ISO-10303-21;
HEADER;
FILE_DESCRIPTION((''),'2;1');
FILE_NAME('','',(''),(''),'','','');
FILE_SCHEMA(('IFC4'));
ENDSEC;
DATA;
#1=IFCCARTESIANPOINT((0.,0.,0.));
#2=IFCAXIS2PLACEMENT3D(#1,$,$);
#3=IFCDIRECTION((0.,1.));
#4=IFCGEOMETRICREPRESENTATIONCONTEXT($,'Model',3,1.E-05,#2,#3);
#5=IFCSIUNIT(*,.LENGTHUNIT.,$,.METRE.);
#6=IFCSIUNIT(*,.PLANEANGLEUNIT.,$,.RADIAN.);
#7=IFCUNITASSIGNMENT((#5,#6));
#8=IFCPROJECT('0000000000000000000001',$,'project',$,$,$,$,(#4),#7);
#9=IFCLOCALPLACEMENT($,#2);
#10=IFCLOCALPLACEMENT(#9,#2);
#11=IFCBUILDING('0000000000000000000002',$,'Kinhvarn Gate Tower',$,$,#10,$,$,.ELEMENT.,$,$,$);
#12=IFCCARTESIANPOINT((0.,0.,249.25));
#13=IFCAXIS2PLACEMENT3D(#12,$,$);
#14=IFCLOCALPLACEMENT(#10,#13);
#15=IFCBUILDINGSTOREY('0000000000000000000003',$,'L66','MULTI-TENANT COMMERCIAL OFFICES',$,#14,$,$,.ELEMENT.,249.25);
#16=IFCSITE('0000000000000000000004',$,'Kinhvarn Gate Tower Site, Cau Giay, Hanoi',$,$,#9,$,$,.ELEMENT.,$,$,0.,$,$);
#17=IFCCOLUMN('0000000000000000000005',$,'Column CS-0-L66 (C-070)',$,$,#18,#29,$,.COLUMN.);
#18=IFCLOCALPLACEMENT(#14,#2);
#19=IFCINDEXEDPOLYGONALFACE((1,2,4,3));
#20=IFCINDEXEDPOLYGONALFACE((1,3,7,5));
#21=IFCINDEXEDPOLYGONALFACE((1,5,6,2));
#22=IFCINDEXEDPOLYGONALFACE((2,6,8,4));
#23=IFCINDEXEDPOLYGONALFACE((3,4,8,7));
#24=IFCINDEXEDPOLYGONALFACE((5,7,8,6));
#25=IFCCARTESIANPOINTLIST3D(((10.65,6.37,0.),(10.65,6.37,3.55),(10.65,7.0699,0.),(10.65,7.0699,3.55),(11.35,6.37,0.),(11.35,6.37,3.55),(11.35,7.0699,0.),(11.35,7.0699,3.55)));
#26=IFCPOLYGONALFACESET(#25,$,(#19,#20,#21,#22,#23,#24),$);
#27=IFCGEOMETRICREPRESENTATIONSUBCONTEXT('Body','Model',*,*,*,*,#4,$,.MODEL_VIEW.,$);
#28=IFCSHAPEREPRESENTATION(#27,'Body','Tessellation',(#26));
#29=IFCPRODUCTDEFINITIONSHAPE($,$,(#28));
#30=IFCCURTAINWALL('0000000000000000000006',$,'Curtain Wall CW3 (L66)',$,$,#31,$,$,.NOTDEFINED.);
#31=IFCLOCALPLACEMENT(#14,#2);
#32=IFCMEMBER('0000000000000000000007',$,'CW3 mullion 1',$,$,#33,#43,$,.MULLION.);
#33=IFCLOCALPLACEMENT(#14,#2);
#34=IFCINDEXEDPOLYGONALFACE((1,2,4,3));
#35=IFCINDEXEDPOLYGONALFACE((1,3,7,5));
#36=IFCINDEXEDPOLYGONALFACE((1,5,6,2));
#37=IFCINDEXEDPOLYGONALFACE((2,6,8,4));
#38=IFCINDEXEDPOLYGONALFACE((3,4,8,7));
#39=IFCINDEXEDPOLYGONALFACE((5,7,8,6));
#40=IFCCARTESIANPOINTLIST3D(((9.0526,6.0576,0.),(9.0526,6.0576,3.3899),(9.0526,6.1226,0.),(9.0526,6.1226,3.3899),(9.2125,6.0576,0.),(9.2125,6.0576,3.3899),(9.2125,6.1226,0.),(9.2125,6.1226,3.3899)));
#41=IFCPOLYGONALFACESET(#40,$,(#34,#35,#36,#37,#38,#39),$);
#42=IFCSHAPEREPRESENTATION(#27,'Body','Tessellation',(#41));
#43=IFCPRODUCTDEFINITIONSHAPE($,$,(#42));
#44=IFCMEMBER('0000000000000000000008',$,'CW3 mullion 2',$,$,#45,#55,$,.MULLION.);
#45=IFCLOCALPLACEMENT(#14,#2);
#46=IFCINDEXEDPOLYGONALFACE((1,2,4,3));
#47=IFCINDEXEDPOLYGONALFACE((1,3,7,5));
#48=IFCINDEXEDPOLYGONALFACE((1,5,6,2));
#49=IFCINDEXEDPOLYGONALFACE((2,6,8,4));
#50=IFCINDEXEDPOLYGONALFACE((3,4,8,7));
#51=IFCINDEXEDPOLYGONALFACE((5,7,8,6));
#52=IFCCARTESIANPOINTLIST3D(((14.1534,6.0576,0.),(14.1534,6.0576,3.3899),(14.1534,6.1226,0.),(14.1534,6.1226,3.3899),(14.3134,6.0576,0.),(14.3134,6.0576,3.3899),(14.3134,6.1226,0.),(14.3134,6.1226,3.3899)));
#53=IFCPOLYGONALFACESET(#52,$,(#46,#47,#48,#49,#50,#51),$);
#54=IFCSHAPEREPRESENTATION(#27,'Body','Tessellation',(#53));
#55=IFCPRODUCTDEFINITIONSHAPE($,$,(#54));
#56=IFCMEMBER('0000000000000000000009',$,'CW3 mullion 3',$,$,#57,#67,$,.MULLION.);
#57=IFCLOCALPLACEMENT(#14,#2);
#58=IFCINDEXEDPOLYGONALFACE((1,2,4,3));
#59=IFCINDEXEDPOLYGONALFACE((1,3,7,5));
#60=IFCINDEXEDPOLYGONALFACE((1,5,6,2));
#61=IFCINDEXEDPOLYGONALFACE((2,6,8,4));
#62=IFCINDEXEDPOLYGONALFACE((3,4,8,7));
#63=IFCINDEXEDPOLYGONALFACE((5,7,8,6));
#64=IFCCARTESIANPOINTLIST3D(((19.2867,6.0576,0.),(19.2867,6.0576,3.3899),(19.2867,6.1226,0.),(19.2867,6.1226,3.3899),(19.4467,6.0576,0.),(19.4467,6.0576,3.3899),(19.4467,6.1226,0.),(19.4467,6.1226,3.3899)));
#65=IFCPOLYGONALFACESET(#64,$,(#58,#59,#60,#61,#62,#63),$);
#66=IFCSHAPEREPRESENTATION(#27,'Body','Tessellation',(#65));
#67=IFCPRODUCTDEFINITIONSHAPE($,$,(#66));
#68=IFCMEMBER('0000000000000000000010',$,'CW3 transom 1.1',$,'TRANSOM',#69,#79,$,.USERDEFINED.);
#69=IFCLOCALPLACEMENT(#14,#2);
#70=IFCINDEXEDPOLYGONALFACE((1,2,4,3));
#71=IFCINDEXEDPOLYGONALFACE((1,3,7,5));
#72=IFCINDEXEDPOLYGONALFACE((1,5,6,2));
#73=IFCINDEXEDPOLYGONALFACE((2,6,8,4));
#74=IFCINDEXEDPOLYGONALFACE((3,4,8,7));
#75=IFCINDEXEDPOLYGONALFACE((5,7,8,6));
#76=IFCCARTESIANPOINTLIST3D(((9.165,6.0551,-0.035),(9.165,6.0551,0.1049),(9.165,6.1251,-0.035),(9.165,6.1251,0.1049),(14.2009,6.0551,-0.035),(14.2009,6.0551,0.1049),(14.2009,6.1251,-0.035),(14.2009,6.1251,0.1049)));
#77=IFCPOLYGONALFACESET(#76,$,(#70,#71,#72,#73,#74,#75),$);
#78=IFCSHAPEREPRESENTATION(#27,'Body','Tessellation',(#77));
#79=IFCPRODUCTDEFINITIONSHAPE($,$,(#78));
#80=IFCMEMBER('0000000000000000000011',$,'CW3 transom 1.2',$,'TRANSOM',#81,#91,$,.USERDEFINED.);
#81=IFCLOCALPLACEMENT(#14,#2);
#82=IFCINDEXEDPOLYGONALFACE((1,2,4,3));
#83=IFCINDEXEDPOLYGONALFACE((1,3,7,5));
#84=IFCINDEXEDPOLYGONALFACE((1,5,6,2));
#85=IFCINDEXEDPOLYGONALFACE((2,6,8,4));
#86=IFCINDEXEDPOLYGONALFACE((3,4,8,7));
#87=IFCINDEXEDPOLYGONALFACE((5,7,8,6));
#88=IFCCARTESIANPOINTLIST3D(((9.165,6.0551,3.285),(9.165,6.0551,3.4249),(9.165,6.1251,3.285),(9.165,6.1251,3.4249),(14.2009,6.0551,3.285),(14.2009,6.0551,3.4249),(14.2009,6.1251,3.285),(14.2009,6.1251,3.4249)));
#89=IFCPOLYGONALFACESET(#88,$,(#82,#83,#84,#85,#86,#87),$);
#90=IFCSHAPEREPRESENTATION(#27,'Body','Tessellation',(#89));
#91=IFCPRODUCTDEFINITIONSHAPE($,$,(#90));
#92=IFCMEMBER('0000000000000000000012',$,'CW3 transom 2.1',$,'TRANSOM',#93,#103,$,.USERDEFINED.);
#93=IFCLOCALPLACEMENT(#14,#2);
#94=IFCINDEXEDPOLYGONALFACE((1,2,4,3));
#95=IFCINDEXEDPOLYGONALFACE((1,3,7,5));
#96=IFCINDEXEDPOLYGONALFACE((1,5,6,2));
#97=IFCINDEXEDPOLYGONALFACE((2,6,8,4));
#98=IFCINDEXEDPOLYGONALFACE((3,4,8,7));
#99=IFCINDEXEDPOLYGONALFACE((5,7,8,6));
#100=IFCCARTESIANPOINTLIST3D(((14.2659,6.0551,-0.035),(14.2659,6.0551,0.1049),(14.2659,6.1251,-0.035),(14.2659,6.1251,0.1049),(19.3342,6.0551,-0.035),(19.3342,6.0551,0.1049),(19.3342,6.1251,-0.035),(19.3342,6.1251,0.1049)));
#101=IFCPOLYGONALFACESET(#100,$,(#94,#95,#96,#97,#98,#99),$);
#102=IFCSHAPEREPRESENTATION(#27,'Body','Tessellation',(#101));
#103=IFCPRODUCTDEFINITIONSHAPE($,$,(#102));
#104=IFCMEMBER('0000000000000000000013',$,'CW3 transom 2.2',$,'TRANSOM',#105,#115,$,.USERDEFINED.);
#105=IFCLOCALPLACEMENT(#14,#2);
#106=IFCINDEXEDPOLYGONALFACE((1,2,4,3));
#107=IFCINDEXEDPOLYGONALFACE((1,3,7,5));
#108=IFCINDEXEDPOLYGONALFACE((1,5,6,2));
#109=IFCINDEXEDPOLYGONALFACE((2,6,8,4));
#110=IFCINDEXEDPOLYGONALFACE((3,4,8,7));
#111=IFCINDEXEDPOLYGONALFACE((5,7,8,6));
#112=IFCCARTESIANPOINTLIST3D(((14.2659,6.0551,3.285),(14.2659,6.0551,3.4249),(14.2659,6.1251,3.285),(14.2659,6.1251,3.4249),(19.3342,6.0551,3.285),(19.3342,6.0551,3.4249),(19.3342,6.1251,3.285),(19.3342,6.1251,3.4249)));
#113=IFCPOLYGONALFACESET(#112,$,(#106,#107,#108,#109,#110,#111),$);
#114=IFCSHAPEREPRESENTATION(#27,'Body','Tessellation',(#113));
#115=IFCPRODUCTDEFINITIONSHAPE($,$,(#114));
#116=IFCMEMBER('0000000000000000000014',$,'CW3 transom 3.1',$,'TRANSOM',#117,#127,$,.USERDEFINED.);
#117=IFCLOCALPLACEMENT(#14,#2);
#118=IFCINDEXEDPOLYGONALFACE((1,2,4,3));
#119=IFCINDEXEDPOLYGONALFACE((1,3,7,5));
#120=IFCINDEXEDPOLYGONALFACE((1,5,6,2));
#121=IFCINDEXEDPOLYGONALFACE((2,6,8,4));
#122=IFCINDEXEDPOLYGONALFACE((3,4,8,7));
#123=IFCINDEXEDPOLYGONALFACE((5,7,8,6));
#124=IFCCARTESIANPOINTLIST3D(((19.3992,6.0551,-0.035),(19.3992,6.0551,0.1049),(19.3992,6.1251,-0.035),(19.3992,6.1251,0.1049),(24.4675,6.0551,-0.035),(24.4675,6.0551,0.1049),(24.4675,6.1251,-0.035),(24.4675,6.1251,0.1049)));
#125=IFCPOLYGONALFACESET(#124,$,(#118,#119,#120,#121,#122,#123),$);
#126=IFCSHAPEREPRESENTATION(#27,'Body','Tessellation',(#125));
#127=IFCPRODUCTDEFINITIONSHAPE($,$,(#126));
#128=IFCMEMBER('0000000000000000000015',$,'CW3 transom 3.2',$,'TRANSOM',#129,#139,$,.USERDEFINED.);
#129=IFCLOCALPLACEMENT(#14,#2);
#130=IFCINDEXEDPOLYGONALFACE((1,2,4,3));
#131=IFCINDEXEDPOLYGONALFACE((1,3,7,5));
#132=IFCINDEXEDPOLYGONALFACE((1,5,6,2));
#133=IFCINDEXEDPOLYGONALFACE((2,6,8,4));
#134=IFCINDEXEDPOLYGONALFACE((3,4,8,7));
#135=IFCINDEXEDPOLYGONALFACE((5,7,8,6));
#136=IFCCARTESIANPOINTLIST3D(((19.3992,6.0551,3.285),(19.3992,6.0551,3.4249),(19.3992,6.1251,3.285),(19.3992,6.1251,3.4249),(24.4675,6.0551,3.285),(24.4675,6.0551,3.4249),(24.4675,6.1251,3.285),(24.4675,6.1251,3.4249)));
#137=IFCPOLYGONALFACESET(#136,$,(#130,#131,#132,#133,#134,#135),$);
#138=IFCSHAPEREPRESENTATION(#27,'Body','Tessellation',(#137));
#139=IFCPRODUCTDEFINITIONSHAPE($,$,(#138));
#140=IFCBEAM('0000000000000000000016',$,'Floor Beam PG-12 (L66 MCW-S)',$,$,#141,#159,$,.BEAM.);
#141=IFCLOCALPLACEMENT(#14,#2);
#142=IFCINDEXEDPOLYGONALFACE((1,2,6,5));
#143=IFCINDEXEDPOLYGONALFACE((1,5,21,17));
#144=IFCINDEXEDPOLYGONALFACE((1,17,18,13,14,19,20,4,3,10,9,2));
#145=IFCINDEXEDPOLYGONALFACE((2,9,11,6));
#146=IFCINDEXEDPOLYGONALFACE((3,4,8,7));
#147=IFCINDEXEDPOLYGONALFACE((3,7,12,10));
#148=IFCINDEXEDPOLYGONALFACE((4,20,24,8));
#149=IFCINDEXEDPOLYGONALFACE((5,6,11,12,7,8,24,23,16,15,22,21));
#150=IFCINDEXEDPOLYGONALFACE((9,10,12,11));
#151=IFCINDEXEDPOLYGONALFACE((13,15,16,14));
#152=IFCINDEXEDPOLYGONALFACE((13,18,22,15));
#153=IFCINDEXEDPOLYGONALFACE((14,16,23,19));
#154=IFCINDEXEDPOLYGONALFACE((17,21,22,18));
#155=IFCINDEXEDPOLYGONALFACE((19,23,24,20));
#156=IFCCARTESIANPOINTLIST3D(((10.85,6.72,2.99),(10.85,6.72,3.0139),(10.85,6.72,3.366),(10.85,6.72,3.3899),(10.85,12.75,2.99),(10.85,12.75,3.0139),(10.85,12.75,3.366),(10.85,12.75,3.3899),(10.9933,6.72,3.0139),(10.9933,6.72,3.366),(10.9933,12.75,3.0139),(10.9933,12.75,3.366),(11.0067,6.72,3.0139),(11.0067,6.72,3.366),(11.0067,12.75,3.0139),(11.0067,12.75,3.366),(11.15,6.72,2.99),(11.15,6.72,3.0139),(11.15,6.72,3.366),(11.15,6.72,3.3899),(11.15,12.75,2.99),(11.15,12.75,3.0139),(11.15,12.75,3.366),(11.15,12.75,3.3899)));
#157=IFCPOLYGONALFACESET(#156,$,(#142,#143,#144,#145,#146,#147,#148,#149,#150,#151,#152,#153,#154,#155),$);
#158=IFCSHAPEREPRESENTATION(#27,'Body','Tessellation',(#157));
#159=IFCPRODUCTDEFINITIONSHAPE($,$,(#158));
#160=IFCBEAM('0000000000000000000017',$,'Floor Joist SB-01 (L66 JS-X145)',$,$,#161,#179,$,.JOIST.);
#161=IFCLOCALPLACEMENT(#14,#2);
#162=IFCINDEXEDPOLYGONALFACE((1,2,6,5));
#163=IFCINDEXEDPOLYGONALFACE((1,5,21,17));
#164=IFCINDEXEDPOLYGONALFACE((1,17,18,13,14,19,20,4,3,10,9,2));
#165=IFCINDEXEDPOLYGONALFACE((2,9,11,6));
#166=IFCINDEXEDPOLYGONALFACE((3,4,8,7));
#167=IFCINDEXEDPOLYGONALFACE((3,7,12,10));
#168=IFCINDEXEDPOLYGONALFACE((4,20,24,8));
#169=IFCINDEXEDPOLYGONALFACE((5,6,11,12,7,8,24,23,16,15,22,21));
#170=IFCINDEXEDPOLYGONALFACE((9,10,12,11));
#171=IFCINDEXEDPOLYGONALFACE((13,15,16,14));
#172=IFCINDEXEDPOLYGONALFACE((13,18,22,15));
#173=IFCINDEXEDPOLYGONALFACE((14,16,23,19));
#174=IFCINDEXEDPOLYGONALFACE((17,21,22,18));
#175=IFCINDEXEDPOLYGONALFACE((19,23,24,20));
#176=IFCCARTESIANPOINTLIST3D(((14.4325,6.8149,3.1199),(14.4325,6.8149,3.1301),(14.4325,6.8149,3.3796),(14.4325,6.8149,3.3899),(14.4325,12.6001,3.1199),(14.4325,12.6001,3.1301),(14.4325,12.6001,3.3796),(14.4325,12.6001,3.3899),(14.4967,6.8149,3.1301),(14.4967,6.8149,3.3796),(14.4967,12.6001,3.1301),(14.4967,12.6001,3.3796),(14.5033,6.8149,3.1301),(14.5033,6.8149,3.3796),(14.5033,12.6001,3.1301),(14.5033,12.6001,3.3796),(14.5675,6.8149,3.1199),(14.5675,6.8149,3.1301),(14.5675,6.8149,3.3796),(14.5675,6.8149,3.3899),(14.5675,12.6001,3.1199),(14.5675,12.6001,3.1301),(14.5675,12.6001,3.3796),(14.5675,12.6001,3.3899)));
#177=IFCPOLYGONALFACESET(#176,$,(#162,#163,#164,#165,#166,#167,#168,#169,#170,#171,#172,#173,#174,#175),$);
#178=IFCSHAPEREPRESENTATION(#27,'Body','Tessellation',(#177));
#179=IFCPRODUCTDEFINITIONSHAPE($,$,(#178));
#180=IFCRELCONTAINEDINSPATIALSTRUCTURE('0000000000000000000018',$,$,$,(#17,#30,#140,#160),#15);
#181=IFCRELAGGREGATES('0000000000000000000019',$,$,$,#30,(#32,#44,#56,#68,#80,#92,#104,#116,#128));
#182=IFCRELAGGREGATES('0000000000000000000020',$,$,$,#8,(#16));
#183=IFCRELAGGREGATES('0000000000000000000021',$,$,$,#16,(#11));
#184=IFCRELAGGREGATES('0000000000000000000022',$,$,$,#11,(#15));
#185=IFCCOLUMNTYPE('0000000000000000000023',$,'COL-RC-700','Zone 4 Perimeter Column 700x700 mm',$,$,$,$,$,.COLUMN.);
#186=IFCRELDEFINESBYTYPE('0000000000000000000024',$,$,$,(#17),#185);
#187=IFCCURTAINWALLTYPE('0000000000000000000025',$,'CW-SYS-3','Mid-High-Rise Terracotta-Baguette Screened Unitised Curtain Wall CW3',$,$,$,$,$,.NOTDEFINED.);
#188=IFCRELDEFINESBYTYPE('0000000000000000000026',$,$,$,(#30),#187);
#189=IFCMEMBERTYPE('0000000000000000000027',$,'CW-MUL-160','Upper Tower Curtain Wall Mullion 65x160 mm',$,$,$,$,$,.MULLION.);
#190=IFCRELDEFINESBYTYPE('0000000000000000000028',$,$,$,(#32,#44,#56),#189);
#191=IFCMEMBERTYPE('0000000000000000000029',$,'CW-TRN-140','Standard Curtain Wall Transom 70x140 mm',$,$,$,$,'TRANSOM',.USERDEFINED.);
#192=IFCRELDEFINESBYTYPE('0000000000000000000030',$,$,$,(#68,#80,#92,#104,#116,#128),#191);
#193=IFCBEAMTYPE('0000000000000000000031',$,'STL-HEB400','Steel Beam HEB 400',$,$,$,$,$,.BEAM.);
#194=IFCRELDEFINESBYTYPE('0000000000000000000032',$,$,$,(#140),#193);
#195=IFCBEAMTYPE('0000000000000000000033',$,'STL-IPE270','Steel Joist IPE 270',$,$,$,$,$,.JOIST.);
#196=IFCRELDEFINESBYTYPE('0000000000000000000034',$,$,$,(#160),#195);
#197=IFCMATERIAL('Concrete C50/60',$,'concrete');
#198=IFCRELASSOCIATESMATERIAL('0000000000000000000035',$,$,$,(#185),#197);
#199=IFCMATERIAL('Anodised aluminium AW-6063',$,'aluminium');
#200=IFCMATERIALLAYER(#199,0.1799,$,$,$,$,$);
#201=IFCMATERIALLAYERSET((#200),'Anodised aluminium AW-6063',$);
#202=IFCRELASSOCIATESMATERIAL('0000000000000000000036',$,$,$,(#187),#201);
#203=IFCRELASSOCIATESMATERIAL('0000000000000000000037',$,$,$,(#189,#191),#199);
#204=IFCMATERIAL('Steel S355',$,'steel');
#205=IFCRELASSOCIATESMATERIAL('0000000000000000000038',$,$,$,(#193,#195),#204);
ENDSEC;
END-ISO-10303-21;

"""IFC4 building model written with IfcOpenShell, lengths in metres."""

from ifc_helpers import new_model, si_unit, direction, frame, origin, origin_2d, place, context, subcontext, project, spatial, rectangle, i_section, extrude, material, layer, layer_set, material_profile, profile_set, type_object, element, aggregate, save


model = new_model("IFC4")

# Units and contexts
model_context = context("Model", 3, precision=1e-05, world=origin(), true_north=direction((0.0, 1.0)))
body_context = subcontext(model_context, "Body", "Model", "MODEL_VIEW")
ifc_project = project(units=[si_unit("LENGTHUNIT", "METRE"), si_unit("PLANEANGLEUNIT", "RADIAN")], contexts=[model_context])

# Site, building, storey
site_placement = place(None, origin())
site = spatial("IfcSite", under=ifc_project, at=site_placement, Name="Kinhvarn Gate Tower Site, Cau Giay, Hanoi", CompositionType="ELEMENT", RefElevation=0.0)
building_placement = place(site_placement, origin())
building = spatial("IfcBuilding", under=site, at=building_placement, Name="Kinhvarn Gate Tower", CompositionType="ELEMENT")
storey_placement = place(building_placement, frame((0.0, 0.0, 249.25)))
storey = spatial("IfcBuildingStorey", under=building, at=storey_placement, Name="L66", Description="MULTI-TENANT COMMERCIAL OFFICES", CompositionType="ELEMENT", Elevation=249.25)

# Column
ifc_material_1 = material(Name="Concrete C50/60", Category="concrete")
ifc_material_profile_1 = material_profile(ifc_material_1, rectangle(XDim=0.7, YDim=0.7, at=origin_2d()), Name="RC 700x700")
ifc_profile_set_1 = profile_set([ifc_material_profile_1], Name="Concrete C50/60")
column_type = type_object("IfcColumnType", Name="COL-RC-700", Description="Zone 4 Perimeter Column 700x700 mm", PredefinedType="COLUMN", material=ifc_profile_set_1)
column_placement = place(storey_placement, frame((11.0, 6.72, 0.0), z_axis=(0.0, 0.0, 1.0), x_axis=(1.0, 0.0, 0.0)))
element("IfcColumn", 1, at=column_placement, inside=storey, type_object=column_type, Name="Column CS-0-L66 (C-070)", PredefinedType="COLUMN", context=body_context, shape_type="SweptSolid", body=[
    extrude(rectangle(XDim=0.7, YDim=0.7, at=origin_2d()), origin(), (0.0, 0.0, 1.0), 3.55),
])

# Curtain wall, members
ifc_material_2 = material(Name="Anodised aluminium AW-6063", Category="aluminium")
ifc_layer_1 = layer(ifc_material_2, 0.1799)
ifc_layer_set_1 = layer_set([ifc_layer_1], Name="Anodised aluminium AW-6063")
curtain_wall_type = type_object("IfcCurtainWallType", Name="CW-SYS-3", Description="Mid-High-Rise Terracotta-Baguette Screened Unitised Curtain Wall CW3", PredefinedType="NOTDEFINED", material=ifc_layer_set_1)
curtain_wall_placement = place(storey_placement, origin())
curtain_wall = element("IfcCurtainWall", 2, at=curtain_wall_placement, inside=storey, type_object=curtain_wall_type, Name="Curtain Wall CW3 (L66)", PredefinedType="NOTDEFINED")
ifc_material_profile_2 = material_profile(ifc_material_2, rectangle(XDim=0.0649, YDim=0.1599, at=origin_2d()), Name="ALU 65x160")
ifc_profile_set_2 = profile_set([ifc_material_profile_2], Name="Anodised aluminium AW-6063")
member_type_1 = type_object("IfcMemberType", Name="CW-MUL-160", Description="Upper Tower Curtain Wall Mullion 65x160 mm", PredefinedType="MULLION", material=ifc_profile_set_2)
member_1_placement = place(storey_placement, frame((9.1326, 6.0901, 0.0), z_axis=(0.0, 0.0, 1.0), x_axis=(0.0, 1.0, 0.0)))
member_1 = element("IfcMember", 3, at=member_1_placement, type_object=member_type_1, Name="CW3 mullion 1", PredefinedType="MULLION", context=body_context, shape_type="SweptSolid", body=[
    extrude(rectangle(XDim=0.0649, YDim=0.1599, at=origin_2d()), origin(), (0.0, 0.0, 1.0), 3.3899),
])
member_2_placement = place(storey_placement, frame((14.2334, 6.0901, 0.0), z_axis=(0.0, 0.0, 1.0), x_axis=(0.0, 1.0, 0.0)))
member_2 = element("IfcMember", 4, at=member_2_placement, type_object=member_type_1, Name="CW3 mullion 2", PredefinedType="MULLION", context=body_context, shape_type="SweptSolid", body=[
    extrude(rectangle(XDim=0.0649, YDim=0.1599, at=origin_2d()), origin(), (0.0, 0.0, 1.0), 3.3899),
])
member_3_placement = place(storey_placement, frame((19.3667, 6.0901, 0.0), z_axis=(0.0, 0.0, 1.0), x_axis=(0.0, 1.0, 0.0)))
member_3 = element("IfcMember", 5, at=member_3_placement, type_object=member_type_1, Name="CW3 mullion 3", PredefinedType="MULLION", context=body_context, shape_type="SweptSolid", body=[
    extrude(rectangle(XDim=0.0649, YDim=0.1599, at=origin_2d()), origin(), (0.0, 0.0, 1.0), 3.3899),
])
ifc_material_profile_3 = material_profile(ifc_material_2, rectangle(XDim=0.0701, YDim=0.1399, at=origin_2d()), Name="ALU 70x140")
ifc_profile_set_3 = profile_set([ifc_material_profile_3], Name="Anodised aluminium AW-6063")
member_type_2 = type_object("IfcMemberType", Name="CW-TRN-140", Description="Standard Curtain Wall Transom 70x140 mm", ElementType="TRANSOM", PredefinedType="USERDEFINED", material=ifc_profile_set_3)
member_4_placement = place(storey_placement, frame((9.165, 6.0901, 0.0349), z_axis=(1.0, 0.0, 0.0), x_axis=(0.0, 1.0, 0.0)))
member_4 = element("IfcMember", 6, at=member_4_placement, type_object=member_type_2, Name="CW3 transom 1.1", ObjectType="TRANSOM", PredefinedType="USERDEFINED", context=body_context, shape_type="SweptSolid", body=[
    extrude(rectangle(XDim=0.0701, YDim=0.1399, at=origin_2d()), origin(), (0.0, 0.0, 1.0), 5.0359),
])
member_5_placement = place(storey_placement, frame((9.165, 6.0901, 3.355), z_axis=(1.0, 0.0, 0.0), x_axis=(0.0, 1.0, 0.0)))
member_5 = element("IfcMember", 7, at=member_5_placement, type_object=member_type_2, Name="CW3 transom 1.2", ObjectType="TRANSOM", PredefinedType="USERDEFINED", context=body_context, shape_type="SweptSolid", body=[
    extrude(rectangle(XDim=0.0701, YDim=0.1399, at=origin_2d()), origin(), (0.0, 0.0, 1.0), 5.0359),
])
member_6_placement = place(storey_placement, frame((14.2659, 6.0901, 0.0349), z_axis=(1.0, 0.0, 0.0), x_axis=(0.0, 1.0, 0.0)))
member_6 = element("IfcMember", 8, at=member_6_placement, type_object=member_type_2, Name="CW3 transom 2.1", ObjectType="TRANSOM", PredefinedType="USERDEFINED", context=body_context, shape_type="SweptSolid", body=[
    extrude(rectangle(XDim=0.0701, YDim=0.1399, at=origin_2d()), origin(), (0.0, 0.0, 1.0), 5.0684),
])
member_7_placement = place(storey_placement, frame((14.2659, 6.0901, 3.355), z_axis=(1.0, 0.0, 0.0), x_axis=(0.0, 1.0, 0.0)))
member_7 = element("IfcMember", 9, at=member_7_placement, type_object=member_type_2, Name="CW3 transom 2.2", ObjectType="TRANSOM", PredefinedType="USERDEFINED", context=body_context, shape_type="SweptSolid", body=[
    extrude(rectangle(XDim=0.0701, YDim=0.1399, at=origin_2d()), origin(), (0.0, 0.0, 1.0), 5.0684),
])
member_8_placement = place(storey_placement, frame((19.3992, 6.0901, 0.0349), z_axis=(1.0, 0.0, 0.0), x_axis=(0.0, 1.0, 0.0)))
member_8 = element("IfcMember", 10, at=member_8_placement, type_object=member_type_2, Name="CW3 transom 3.1", ObjectType="TRANSOM", PredefinedType="USERDEFINED", context=body_context, shape_type="SweptSolid", body=[
    extrude(rectangle(XDim=0.0701, YDim=0.1399, at=origin_2d()), origin(), (0.0, 0.0, 1.0), 5.0684),
])
member_9_placement = place(storey_placement, frame((19.3992, 6.0901, 3.355), z_axis=(1.0, 0.0, 0.0), x_axis=(0.0, 1.0, 0.0)))
member_9 = element("IfcMember", 11, at=member_9_placement, type_object=member_type_2, Name="CW3 transom 3.2", ObjectType="TRANSOM", PredefinedType="USERDEFINED", context=body_context, shape_type="SweptSolid", body=[
    extrude(rectangle(XDim=0.0701, YDim=0.1399, at=origin_2d()), origin(), (0.0, 0.0, 1.0), 5.0684),
])

# Beams
ifc_material_3 = material(Name="Steel S355", Category="steel")
ifc_material_profile_4 = material_profile(ifc_material_3, i_section(OverallWidth=0.3, OverallDepth=0.3999, WebThickness=0.0134, FlangeThickness=0.0239, at=origin_2d()), Name="HEB 400")
ifc_profile_set_4 = profile_set([ifc_material_profile_4], Name="Steel S355")
beam_type_1 = type_object("IfcBeamType", Name="STL-HEB400", Description="Steel Beam HEB 400", PredefinedType="BEAM", material=ifc_profile_set_4)
beam_1_placement = place(storey_placement, frame((11.0, 6.72, 3.1899), z_axis=(0.0, 1.0, 0.0), x_axis=(-1.0, 0.0, 0.0)))
element("IfcBeam", 12, at=beam_1_placement, inside=storey, type_object=beam_type_1, Name="Floor Beam PG-12 (L66 MCW-S)", PredefinedType="BEAM", context=body_context, shape_type="SweptSolid", body=[
    extrude(i_section(OverallWidth=0.3, OverallDepth=0.3999, WebThickness=0.0134, FlangeThickness=0.0239, at=origin_2d()), origin(), (0.0, 0.0, 1.0), 6.03),
])
ifc_material_profile_5 = material_profile(ifc_material_3, i_section(OverallWidth=0.135, OverallDepth=0.27, WebThickness=0.0066, FlangeThickness=0.0103, at=origin_2d()), Name="IPE 270")
ifc_profile_set_5 = profile_set([ifc_material_profile_5], Name="Steel S355")
beam_type_2 = type_object("IfcBeamType", Name="STL-IPE270", Description="Steel Joist IPE 270", PredefinedType="JOIST", material=ifc_profile_set_5)
for number, where, z_axis, x_axis, name in (
    (13, (14.5, 6.8149, 3.2549), (0.0, 1.0, 0.0), (-1.0, 0.0, 0.0), "Floor Joist SB-01 (L66 JS-X145)"),
):
    element("IfcBeam", number, at=place(storey_placement, frame(where, z_axis=z_axis, x_axis=x_axis)), inside=storey, type_object=beam_type_2, Name=name, PredefinedType="JOIST", context=body_context, shape_type="SweptSolid", body=[
        extrude(i_section(OverallWidth=0.135, OverallDepth=0.27, WebThickness=0.0066, FlangeThickness=0.0103, at=origin_2d()), origin(), (0.0, 0.0, 1.0), 5.7852),
    ])

aggregate(curtain_wall, [member_1, member_2, member_3, member_4, member_5, member_6, member_7, member_8, member_9])

save(model, "model.ifc")
